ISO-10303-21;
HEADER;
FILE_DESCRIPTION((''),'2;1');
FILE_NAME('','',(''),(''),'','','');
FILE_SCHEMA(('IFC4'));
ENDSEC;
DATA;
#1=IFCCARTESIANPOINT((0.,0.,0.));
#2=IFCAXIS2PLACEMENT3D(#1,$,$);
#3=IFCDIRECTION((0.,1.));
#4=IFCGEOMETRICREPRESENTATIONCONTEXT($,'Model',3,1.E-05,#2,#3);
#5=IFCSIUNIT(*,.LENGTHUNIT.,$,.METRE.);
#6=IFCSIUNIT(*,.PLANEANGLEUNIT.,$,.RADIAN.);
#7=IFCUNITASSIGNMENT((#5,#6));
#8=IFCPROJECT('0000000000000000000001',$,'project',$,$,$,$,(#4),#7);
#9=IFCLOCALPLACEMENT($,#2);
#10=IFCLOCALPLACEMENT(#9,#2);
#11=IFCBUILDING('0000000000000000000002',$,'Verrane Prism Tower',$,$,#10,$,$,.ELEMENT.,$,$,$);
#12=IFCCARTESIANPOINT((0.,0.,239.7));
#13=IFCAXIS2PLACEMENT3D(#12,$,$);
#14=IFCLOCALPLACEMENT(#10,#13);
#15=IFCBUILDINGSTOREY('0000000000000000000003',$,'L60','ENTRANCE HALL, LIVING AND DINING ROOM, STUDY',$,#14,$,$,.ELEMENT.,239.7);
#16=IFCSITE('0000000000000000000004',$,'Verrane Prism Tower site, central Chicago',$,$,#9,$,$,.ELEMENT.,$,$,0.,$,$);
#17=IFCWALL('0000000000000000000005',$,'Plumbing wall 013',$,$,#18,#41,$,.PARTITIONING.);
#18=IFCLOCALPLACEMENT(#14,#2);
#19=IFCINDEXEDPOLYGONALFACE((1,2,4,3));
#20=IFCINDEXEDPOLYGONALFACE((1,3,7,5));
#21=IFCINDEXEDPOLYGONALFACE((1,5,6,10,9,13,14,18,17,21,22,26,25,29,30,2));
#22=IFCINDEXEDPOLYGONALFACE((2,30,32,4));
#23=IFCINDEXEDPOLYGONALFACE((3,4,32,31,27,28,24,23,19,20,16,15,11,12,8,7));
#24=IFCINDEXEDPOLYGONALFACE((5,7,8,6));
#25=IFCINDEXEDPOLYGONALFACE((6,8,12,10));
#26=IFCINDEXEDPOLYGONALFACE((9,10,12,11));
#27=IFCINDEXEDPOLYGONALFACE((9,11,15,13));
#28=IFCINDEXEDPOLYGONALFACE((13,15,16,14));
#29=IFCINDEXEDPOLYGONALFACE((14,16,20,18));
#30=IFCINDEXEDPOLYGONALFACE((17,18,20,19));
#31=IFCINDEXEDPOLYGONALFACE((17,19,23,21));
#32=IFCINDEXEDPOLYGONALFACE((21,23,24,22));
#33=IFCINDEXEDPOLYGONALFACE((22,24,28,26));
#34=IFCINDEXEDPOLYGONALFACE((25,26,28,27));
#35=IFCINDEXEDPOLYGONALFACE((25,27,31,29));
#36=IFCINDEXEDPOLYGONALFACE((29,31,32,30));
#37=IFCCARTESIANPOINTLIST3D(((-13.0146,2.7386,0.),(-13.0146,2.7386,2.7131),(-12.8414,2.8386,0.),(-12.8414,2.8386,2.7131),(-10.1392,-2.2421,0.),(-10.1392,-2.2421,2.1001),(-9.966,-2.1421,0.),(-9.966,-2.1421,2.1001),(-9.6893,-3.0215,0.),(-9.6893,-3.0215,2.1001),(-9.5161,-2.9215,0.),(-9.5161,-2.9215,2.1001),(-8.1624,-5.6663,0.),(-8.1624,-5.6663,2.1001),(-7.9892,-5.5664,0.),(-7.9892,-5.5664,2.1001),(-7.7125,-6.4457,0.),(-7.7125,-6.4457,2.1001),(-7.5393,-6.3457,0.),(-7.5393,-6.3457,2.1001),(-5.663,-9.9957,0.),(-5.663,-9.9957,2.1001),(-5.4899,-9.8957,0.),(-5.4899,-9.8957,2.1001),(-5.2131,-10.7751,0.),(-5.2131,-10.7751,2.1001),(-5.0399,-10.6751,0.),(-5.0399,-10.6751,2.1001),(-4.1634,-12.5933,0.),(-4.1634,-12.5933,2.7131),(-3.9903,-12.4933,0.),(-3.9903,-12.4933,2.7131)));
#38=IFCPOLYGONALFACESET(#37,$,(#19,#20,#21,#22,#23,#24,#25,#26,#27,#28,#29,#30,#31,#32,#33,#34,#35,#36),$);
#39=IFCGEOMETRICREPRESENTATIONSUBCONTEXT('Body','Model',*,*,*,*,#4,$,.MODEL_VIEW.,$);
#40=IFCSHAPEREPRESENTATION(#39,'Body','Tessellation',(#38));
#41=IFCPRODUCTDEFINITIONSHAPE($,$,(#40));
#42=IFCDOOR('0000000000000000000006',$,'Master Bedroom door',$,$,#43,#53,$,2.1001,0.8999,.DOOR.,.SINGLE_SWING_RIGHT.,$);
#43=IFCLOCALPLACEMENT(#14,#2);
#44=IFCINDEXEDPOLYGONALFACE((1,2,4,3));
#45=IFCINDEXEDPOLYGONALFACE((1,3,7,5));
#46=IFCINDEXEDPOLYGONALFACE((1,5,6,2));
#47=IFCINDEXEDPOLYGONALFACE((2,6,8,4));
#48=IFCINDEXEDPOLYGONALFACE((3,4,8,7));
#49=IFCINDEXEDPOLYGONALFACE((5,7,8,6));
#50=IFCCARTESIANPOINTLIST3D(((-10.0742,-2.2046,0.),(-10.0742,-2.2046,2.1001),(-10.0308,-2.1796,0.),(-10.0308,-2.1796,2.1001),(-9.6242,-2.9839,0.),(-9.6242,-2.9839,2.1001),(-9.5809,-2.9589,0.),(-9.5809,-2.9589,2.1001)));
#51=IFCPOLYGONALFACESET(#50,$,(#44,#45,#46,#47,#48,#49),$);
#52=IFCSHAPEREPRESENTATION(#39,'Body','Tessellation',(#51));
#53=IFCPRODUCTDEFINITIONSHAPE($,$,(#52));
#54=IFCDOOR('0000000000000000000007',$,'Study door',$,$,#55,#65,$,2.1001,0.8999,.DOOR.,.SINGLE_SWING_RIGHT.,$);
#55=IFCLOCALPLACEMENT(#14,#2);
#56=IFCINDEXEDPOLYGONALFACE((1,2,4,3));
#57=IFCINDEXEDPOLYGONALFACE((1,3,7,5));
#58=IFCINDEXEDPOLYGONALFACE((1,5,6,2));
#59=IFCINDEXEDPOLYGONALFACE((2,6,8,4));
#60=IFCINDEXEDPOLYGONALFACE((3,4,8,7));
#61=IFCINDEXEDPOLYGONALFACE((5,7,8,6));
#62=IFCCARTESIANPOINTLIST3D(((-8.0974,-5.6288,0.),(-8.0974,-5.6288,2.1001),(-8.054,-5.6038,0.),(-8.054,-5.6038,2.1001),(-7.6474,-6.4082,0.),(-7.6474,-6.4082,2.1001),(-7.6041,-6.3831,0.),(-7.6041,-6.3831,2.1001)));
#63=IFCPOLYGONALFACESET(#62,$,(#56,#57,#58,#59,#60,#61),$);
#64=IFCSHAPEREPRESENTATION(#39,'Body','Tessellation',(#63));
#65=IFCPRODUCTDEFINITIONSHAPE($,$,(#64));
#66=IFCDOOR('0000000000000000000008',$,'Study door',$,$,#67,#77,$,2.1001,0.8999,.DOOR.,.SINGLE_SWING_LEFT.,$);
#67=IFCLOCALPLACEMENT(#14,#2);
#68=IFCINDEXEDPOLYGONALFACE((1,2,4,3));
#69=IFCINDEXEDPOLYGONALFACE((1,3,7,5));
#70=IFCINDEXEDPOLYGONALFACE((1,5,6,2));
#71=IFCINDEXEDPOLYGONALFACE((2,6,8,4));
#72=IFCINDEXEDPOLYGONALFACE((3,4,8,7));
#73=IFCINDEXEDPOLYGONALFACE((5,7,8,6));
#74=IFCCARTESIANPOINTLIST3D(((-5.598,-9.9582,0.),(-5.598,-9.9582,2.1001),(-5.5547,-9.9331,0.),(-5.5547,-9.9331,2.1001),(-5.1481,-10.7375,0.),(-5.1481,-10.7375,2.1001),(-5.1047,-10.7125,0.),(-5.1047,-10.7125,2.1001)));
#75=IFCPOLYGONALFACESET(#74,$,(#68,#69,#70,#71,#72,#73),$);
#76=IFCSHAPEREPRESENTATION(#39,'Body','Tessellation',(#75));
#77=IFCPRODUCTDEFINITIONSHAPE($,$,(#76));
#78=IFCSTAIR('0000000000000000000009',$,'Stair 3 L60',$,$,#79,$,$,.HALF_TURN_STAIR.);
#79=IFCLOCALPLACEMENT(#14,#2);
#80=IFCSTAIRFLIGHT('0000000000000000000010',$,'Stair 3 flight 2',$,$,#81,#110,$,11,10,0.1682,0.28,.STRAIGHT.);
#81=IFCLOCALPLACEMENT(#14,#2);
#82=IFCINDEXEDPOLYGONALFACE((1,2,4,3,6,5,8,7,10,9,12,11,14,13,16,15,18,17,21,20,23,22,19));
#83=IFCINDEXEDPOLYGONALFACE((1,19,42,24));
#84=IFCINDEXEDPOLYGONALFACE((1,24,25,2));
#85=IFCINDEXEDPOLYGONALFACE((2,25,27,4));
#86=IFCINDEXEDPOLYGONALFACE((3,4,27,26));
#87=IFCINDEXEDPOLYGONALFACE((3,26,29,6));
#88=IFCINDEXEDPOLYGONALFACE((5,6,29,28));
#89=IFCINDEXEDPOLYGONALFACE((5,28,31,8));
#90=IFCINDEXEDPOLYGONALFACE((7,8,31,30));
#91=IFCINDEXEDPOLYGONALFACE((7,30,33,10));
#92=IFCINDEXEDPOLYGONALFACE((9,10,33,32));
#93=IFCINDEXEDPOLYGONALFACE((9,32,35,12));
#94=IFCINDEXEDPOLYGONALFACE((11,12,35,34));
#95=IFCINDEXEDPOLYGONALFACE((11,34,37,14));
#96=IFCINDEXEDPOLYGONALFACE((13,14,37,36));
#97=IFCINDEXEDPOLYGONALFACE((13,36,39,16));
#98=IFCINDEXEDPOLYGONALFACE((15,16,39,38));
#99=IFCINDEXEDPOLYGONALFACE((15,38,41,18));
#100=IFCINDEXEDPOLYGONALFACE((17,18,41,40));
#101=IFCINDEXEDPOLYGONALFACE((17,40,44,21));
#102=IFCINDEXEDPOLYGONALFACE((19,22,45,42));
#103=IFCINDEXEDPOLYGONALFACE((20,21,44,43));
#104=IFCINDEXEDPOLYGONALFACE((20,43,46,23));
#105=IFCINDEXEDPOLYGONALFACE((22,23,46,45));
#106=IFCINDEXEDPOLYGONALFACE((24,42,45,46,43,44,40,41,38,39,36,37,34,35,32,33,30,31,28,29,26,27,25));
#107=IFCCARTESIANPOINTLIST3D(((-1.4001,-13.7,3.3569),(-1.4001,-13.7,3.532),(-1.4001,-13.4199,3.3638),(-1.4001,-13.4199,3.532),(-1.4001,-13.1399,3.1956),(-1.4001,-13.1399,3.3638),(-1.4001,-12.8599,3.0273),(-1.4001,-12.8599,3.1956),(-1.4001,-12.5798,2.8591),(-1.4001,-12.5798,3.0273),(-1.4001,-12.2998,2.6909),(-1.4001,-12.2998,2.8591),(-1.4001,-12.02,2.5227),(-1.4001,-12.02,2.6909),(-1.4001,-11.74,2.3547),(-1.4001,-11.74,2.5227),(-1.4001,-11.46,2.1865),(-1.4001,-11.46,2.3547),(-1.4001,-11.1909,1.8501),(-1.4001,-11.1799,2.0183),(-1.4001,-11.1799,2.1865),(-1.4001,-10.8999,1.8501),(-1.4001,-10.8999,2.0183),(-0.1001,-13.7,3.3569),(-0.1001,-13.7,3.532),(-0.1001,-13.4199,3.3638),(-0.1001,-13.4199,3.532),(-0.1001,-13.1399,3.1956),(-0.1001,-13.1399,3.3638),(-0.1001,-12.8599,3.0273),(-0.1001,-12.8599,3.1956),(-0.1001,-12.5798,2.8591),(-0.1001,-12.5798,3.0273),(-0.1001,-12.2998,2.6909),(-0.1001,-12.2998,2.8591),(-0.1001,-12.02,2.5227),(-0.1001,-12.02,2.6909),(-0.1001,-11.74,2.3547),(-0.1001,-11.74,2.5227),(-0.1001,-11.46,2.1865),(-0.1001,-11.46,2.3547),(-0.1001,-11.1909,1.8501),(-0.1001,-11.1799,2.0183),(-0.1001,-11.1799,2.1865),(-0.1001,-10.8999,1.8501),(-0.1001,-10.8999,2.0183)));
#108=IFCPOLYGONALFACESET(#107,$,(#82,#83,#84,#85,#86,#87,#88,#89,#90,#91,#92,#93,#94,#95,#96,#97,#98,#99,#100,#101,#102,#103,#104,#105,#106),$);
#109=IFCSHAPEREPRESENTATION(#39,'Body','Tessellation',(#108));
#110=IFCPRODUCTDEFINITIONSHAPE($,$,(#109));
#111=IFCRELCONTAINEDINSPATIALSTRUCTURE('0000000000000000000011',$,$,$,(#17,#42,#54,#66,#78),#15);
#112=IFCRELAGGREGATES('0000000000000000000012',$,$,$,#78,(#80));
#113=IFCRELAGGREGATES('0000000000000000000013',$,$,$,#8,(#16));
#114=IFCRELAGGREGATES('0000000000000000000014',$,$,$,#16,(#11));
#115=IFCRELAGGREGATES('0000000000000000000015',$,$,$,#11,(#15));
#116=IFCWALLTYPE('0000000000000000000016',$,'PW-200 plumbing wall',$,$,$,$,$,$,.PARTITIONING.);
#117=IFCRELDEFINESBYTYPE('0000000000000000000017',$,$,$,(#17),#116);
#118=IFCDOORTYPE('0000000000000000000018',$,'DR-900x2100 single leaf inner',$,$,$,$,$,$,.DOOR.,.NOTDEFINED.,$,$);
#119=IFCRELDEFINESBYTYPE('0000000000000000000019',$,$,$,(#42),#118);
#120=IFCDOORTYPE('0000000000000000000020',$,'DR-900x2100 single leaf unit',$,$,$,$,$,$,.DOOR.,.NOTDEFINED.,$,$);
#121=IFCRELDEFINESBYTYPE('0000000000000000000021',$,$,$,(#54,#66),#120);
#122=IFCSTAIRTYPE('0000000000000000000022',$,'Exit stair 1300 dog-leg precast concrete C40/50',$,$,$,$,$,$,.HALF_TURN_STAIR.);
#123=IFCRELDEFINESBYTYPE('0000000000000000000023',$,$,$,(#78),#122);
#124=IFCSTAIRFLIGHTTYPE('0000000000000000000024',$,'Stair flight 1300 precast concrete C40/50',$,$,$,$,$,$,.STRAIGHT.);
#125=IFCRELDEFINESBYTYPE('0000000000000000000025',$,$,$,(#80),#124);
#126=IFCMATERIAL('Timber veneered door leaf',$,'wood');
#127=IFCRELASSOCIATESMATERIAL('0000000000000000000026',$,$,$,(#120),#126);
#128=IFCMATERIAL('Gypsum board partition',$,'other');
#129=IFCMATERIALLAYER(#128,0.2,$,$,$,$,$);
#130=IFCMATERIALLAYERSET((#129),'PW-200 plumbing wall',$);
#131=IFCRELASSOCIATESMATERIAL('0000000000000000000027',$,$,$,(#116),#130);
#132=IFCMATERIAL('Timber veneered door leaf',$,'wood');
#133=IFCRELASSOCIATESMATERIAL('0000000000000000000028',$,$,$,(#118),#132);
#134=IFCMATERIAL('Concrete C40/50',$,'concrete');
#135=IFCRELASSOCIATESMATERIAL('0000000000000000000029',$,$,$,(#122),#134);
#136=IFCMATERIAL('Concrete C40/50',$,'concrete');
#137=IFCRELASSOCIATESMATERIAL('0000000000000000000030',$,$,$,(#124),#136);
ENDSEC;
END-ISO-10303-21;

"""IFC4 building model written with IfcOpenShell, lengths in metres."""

from ifc_helpers import new_model, si_unit, direction, frame, frame_2d, origin, place, context, subcontext, project, spatial, polyline, rectangle, outline, extrude, material, layer, layer_set, type_object, element, fill, aggregate, save


model = new_model("IFC4")

# Units and contexts
model_context = context("Model", 3, precision=1e-05, world=origin(), true_north=direction((0.0, 1.0)))
body_context = subcontext(model_context, "Body", "Model", "MODEL_VIEW")
ifc_project = project(units=[si_unit("LENGTHUNIT", "METRE"), si_unit("PLANEANGLEUNIT", "RADIAN")], contexts=[model_context])

# Site, building, storey
site_placement = place(None, origin())
site = spatial("IfcSite", under=ifc_project, at=site_placement, Name="Verrane Prism Tower site, central Chicago", CompositionType="ELEMENT", RefElevation=0.0)
building_placement = place(site_placement, origin())
building = spatial("IfcBuilding", under=site, at=building_placement, Name="Verrane Prism Tower", CompositionType="ELEMENT")
storey_placement = place(building_placement, frame((0.0, 0.0, 239.7)))
storey = spatial("IfcBuildingStorey", under=building, at=storey_placement, Name="L60", Description="ENTRANCE HALL, LIVING AND DINING ROOM, STUDY", CompositionType="ELEMENT", Elevation=239.7)

# Shared definitions
ifc_material_1 = material(Name="Timber veneered door leaf", Category="wood")
door_type_1 = type_object("IfcDoorType", Name="DR-900x2100 single leaf unit", OperationType="NOTDEFINED", PredefinedType="DOOR", material=ifc_material_1)

# Wall, openings, doors
ifc_material_2 = material(Name="Gypsum board partition", Category="other")
ifc_layer_1 = layer(ifc_material_2, 0.2)
ifc_layer_set_1 = layer_set([ifc_layer_1], Name="PW-200 plumbing wall")
wall_type_1 = type_object("IfcWallType", Name="PW-200 plumbing wall", PredefinedType="PARTITIONING", material=ifc_layer_set_1)
wall_1_placement = place(storey_placement, frame((-4.0769, -12.5432, 0.0), z_axis=(0.0, 0.0, 1.0), x_axis=(-0.499969, 0.866043, 0.0)))
wall_1 = element("IfcWall", 1, at=wall_1_placement, inside=storey, type_object=wall_type_1, Name="Plumbing wall 013", PredefinedType="PARTITIONING", context=body_context, shape_type="SweptSolid", body=[
    extrude(rectangle(XDim=17.7034, YDim=0.2, at=frame_2d((8.8516, 0.0))), origin(), (0.0, 0.0, 1.0), 2.7131),
])
opening_1_placement = place(wall_1_placement, frame((11.0522, 0.0, 0.0)))
opening_1 = element("IfcOpeningElement", 2, at=opening_1_placement, cuts=wall_1, PredefinedType="OPENING", context=body_context, shape_type="SweptSolid", body=[
    extrude(rectangle(XDim=0.8999, YDim=2.1001, at=frame_2d((0.45, 1.05))), frame((0.0, 0.1099, 0.0), z_axis=(0.0, -1.0, 0.0), x_axis=(1.0, 0.0, 0.0)), (0.0, 0.0, 1.0), 0.22),
])
opening_2_placement = place(wall_1_placement, frame((7.0984, 0.0, 0.0)))
opening_2 = element("IfcOpeningElement", 3, at=opening_2_placement, cuts=wall_1, PredefinedType="OPENING", context=body_context, shape_type="SweptSolid", body=[
    extrude(rectangle(XDim=0.8999, YDim=2.1001, at=frame_2d((0.45, 1.05))), frame((0.0, 0.1099, 0.0), z_axis=(0.0, -1.0, 0.0), x_axis=(1.0, 0.0, 0.0)), (0.0, 0.0, 1.0), 0.22),
])
opening_3_placement = place(wall_1_placement, frame((2.0994, 0.0, 0.0)))
opening_3 = element("IfcOpeningElement", 4, at=opening_3_placement, cuts=wall_1, PredefinedType="OPENING", context=body_context, shape_type="SweptSolid", body=[
    extrude(rectangle(XDim=0.8999, YDim=2.1001, at=frame_2d((0.45, 1.05))), frame((0.0, 0.1099, 0.0), z_axis=(0.0, -1.0, 0.0), x_axis=(1.0, 0.0, 0.0)), (0.0, 0.0, 1.0), 0.22),
])
ifc_material_3 = material(Name="Timber veneered door leaf", Category="wood")
door_type_2 = type_object("IfcDoorType", Name="DR-900x2100 single leaf inner", OperationType="NOTDEFINED", PredefinedType="DOOR", material=ifc_material_3)
door_1_placement = place(opening_1_placement, origin())
door_1 = element("IfcDoor", 5, at=door_1_placement, inside=storey, type_object=door_type_2, Name="Master Bedroom door", OperationType="SINGLE_SWING_RIGHT", OverallHeight=2.1001, OverallWidth=0.8999, PredefinedType="DOOR", context=body_context, shape_type="SweptSolid", body=[
    extrude(rectangle(XDim=0.8999, YDim=2.1001, at=frame_2d((0.45, 1.05))), frame((0.0, 0.0249, 0.0), z_axis=(0.0, -1.0, 0.0), x_axis=(1.0, 0.0, 0.0)), (0.0, 0.0, 1.0), 0.05),
])
fill(opening_1, door_1)
door_2_placement = place(opening_2_placement, origin())
door_2 = element("IfcDoor", 6, at=door_2_placement, inside=storey, type_object=door_type_1, Name="Study door", OperationType="SINGLE_SWING_RIGHT", OverallHeight=2.1001, OverallWidth=0.8999, PredefinedType="DOOR", context=body_context, shape_type="SweptSolid", body=[
    extrude(rectangle(XDim=0.8999, YDim=2.1001, at=frame_2d((0.45, 1.05))), frame((0.0, 0.0249, 0.0), z_axis=(0.0, -1.0, 0.0), x_axis=(1.0, 0.0, 0.0)), (0.0, 0.0, 1.0), 0.05),
])
fill(opening_2, door_2)
door_3_placement = place(opening_3_placement, origin())
door_3 = element("IfcDoor", 7, at=door_3_placement, inside=storey, type_object=door_type_1, Name="Study door", OperationType="SINGLE_SWING_LEFT", OverallHeight=2.1001, OverallWidth=0.8999, PredefinedType="DOOR", context=body_context, shape_type="SweptSolid", body=[
    extrude(rectangle(XDim=0.8999, YDim=2.1001, at=frame_2d((0.45, 1.05))), frame((0.0, 0.0249, 0.0), z_axis=(0.0, -1.0, 0.0), x_axis=(1.0, 0.0, 0.0)), (0.0, 0.0, 1.0), 0.05),
])
fill(opening_3, door_3)

# Stair, stair flight
ifc_material_4 = material(Name="Concrete C40/50", Category="concrete")
stair_type = type_object("IfcStairType", Name="Exit stair 1300 dog-leg precast concrete C40/50", PredefinedType="HALF_TURN_STAIR", material=ifc_material_4)
stair_placement = place(storey_placement, origin())
stair = element("IfcStair", 8, at=stair_placement, inside=storey, type_object=stair_type, Name="Stair 3 L60", PredefinedType="HALF_TURN_STAIR")
ifc_material_5 = material(Name="Concrete C40/50", Category="concrete")
stair_flight_type = type_object("IfcStairFlightType", Name="Stair flight 1300 precast concrete C40/50", PredefinedType="STRAIGHT", material=ifc_material_5)
stair_flight_placement = place(storey_placement, frame((-0.75, -10.8999, 1.8501), z_axis=(0.0, 0.0, 1.0), x_axis=(0.0, -1.0, 0.0)))
stair_flight = element("IfcStairFlight", 9, at=stair_flight_placement, type_object=stair_flight_type, Name="Stair 3 flight 2", NumberOfRisers=11, NumberOfTreads=10, PredefinedType="STRAIGHT", RiserHeight=0.1682, TreadLength=0.28, context=body_context, shape_type="SweptSolid", body=[
    extrude(outline(polyline([(0.0, 0.0), (0.0, 0.1682), (0.28, 0.1682), (0.28, 0.3364), (0.5601, 0.3364), (0.5601, 0.5046), (0.8401, 0.5046), (0.8401, 0.6726), (1.1201, 0.6726), (1.1201, 0.8408), (1.3999, 0.8408), (1.3999, 1.009), (1.6799, 1.009), (1.6799, 1.1772), (1.96, 1.1772), (1.96, 1.3455), (2.24, 1.3455), (2.24, 1.5137), (2.52, 1.5137), (2.52, 1.6819), (2.8, 1.6819), (2.8, 1.8501), (2.8, 1.5068), (0.291, 0.0), (0.0, 0.0)])), frame((0.0, 0.6499, 0.0), z_axis=(0.0, -1.0, 0.0), x_axis=(1.0, 0.0, 0.0)), (0.0, 0.0, 1.0), 1.3),
])
aggregate(stair, [stair_flight])

save(model, "model.ifc")
